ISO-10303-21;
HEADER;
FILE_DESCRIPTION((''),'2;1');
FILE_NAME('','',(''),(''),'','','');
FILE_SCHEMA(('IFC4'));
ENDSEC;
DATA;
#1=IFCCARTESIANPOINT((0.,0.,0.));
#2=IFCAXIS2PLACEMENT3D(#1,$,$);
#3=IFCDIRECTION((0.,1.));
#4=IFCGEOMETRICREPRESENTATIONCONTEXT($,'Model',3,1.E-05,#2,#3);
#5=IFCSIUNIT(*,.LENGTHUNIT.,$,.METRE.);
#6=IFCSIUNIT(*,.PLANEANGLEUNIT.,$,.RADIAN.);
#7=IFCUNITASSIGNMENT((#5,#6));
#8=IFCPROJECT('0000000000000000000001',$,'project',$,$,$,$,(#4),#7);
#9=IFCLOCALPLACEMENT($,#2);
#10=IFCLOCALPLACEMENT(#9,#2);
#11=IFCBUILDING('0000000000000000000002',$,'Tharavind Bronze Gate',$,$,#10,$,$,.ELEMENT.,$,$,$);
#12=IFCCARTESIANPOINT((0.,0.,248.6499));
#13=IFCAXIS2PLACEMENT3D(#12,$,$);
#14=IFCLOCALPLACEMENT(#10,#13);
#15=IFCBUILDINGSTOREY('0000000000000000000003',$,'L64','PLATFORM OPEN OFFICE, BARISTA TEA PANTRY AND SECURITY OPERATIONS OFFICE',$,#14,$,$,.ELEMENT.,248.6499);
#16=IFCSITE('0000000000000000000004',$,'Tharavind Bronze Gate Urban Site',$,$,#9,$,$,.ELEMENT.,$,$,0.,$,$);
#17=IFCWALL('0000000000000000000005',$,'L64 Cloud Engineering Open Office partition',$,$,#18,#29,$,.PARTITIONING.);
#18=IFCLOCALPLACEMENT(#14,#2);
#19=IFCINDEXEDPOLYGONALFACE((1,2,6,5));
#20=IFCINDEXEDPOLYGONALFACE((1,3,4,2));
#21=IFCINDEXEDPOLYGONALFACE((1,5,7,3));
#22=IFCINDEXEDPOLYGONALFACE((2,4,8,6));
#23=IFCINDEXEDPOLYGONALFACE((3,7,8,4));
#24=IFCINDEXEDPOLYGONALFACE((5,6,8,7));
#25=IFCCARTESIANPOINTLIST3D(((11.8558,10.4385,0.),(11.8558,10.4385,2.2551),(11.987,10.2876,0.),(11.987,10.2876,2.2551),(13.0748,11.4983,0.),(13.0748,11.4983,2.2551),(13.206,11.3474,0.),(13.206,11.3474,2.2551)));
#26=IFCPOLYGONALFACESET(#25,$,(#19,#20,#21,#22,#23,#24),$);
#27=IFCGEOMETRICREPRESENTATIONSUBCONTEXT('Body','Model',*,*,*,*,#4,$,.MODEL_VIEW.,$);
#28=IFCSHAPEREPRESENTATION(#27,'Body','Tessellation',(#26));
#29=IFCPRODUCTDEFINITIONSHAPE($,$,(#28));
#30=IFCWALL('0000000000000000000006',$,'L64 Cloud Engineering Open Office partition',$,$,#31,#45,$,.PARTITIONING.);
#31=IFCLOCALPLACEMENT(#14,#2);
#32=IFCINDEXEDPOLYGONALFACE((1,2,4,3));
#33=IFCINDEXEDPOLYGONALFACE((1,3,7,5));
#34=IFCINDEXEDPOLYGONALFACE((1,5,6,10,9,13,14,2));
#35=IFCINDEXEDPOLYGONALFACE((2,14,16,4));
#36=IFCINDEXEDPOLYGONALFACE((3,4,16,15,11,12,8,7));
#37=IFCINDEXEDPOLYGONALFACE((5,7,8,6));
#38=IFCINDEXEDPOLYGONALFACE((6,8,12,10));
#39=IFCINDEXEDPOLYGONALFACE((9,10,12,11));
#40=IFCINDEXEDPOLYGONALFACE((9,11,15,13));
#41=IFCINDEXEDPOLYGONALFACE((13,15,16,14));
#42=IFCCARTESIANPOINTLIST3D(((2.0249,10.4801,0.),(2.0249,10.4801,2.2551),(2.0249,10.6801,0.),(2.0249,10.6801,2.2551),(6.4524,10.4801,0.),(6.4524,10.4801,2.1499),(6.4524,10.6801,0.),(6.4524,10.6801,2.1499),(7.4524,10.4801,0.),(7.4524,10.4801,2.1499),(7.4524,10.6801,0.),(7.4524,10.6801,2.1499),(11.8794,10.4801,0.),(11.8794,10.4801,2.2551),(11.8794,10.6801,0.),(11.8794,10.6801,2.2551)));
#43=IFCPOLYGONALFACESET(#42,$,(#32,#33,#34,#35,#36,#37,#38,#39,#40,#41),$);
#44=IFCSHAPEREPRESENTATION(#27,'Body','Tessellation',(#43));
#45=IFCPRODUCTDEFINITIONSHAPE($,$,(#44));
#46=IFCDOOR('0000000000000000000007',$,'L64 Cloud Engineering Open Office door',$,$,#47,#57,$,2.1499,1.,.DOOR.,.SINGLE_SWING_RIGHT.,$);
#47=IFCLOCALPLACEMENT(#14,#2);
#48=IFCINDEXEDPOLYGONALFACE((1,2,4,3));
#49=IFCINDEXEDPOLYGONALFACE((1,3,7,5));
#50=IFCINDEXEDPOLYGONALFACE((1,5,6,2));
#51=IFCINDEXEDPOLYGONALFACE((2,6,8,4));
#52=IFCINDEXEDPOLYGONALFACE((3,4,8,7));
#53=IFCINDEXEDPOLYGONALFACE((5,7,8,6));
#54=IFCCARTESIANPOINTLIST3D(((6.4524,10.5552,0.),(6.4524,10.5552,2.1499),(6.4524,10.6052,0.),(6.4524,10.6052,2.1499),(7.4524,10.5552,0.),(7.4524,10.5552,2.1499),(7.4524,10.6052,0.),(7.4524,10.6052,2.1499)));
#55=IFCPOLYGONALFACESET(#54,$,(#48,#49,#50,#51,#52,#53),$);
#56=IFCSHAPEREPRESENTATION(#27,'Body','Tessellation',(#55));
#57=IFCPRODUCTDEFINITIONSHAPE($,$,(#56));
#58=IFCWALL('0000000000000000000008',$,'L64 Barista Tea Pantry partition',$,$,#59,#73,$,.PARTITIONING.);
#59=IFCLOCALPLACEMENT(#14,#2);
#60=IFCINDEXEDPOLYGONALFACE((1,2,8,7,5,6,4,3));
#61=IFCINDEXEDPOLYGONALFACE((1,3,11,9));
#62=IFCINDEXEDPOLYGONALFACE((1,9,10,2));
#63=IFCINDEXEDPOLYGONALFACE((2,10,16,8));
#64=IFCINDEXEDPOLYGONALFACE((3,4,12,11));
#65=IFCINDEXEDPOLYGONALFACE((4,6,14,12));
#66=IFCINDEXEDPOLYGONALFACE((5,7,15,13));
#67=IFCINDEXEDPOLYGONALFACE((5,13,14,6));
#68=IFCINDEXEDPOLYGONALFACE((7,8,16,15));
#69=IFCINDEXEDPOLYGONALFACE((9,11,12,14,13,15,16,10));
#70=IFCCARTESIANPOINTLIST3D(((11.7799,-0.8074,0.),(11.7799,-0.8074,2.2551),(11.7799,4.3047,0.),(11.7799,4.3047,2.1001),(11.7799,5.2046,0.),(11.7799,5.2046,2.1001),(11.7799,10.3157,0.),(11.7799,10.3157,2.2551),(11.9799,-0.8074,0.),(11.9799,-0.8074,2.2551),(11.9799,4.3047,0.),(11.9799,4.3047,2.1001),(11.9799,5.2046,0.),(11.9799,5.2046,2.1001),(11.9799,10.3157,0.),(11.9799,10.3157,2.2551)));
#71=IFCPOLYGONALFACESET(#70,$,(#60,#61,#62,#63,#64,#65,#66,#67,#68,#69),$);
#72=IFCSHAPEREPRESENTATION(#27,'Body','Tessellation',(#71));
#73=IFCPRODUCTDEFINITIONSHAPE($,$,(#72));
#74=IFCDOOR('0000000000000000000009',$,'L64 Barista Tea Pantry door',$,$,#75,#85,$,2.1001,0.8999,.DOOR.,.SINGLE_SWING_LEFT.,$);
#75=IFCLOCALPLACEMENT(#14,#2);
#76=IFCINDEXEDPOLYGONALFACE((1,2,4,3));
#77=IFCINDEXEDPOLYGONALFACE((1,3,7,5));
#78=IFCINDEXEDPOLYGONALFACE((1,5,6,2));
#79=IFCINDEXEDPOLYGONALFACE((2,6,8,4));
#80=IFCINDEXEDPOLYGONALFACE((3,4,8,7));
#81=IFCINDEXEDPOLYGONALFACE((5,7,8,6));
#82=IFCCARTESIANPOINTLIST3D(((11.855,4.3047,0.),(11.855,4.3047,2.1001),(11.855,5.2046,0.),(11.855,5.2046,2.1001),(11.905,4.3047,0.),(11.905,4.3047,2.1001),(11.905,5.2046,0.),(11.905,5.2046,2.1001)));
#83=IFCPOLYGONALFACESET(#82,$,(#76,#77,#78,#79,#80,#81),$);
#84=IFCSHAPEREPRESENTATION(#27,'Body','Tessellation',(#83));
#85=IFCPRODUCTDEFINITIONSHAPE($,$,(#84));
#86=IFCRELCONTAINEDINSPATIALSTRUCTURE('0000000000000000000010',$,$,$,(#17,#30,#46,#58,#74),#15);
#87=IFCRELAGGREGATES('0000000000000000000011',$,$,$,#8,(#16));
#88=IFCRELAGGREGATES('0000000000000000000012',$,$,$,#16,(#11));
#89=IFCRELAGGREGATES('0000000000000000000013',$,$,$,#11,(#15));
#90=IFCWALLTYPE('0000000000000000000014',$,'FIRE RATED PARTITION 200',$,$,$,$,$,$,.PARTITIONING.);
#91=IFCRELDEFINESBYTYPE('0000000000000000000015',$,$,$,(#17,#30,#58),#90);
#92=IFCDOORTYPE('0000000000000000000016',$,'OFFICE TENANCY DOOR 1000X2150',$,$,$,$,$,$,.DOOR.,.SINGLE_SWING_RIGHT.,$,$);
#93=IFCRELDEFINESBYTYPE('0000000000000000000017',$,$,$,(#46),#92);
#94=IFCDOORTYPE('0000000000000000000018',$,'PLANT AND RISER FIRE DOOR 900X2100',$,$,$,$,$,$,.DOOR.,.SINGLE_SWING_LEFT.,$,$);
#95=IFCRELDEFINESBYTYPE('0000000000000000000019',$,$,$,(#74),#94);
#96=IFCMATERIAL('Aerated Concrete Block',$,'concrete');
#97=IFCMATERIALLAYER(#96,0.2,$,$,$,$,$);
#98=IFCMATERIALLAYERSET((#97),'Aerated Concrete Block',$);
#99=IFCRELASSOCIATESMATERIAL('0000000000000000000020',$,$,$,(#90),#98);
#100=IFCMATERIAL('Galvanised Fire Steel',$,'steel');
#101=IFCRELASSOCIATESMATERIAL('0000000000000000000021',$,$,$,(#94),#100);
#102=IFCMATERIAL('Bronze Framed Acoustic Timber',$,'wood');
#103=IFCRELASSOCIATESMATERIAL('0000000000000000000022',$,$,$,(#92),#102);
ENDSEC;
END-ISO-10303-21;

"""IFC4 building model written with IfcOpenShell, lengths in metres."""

from ifc_helpers import new_model, si_unit, direction, frame, frame_2d, origin, place, context, subcontext, project, spatial, rectangle, extrude, material, layer, layer_set, type_object, element, fill, save


model = new_model("IFC4")

# Units and contexts
model_context = context("Model", 3, precision=1e-05, world=origin(), true_north=direction((0.0, 1.0)))
body_context = subcontext(model_context, "Body", "Model", "MODEL_VIEW")
ifc_project = project(units=[si_unit("LENGTHUNIT", "METRE"), si_unit("PLANEANGLEUNIT", "RADIAN")], contexts=[model_context])

# Site, building, storey
site_placement = place(None, origin())
site = spatial("IfcSite", under=ifc_project, at=site_placement, Name="Tharavind Bronze Gate Urban Site", CompositionType="ELEMENT", RefElevation=0.0)
building_placement = place(site_placement, origin())
building = spatial("IfcBuilding", under=site, at=building_placement, Name="Tharavind Bronze Gate", CompositionType="ELEMENT")
storey_placement = place(building_placement, frame((0.0, 0.0, 248.6499)))
storey = spatial("IfcBuildingStorey", under=building, at=storey_placement, Name="L64", Description="PLATFORM OPEN OFFICE, BARISTA TEA PANTRY AND SECURITY OPERATIONS OFFICE", CompositionType="ELEMENT", Elevation=248.6499)

# Shared definitions
ifc_material_1 = material(Name="Aerated Concrete Block", Category="concrete")
ifc_layer_1 = layer(ifc_material_1, 0.2)
ifc_layer_set_1 = layer_set([ifc_layer_1], Name="Aerated Concrete Block")
wall_type = type_object("IfcWallType", Name="FIRE RATED PARTITION 200", PredefinedType="PARTITIONING", material=ifc_layer_set_1)
ifc_material_2 = material(Name="Galvanised Fire Steel", Category="steel")
door_type_1 = type_object("IfcDoorType", Name="PLANT AND RISER FIRE DOOR 900X2100", OperationType="SINGLE_SWING_LEFT", PredefinedType="DOOR", material=ifc_material_2)

# Wall
wall_1_placement = place(storey_placement, frame((13.1404, 11.4229, 0.0), z_axis=(0.0, 0.0, 1.0), x_axis=(-0.754661, -0.656115, 0.0)))
element("IfcWall", 1, at=wall_1_placement, inside=storey, type_object=wall_type, Name="L64 Cloud Engineering Open Office partition", PredefinedType="PARTITIONING", context=body_context, shape_type="SweptSolid", body=[
    extrude(rectangle(XDim=1.6152, YDim=0.2, at=frame_2d((0.8076, 0.0))), origin(), (0.0, 0.0, 1.0), 2.2551),
])

# Walls, openings, doors
wall_2_placement = place(storey_placement, frame((11.8794, 10.5801, 0.0), z_axis=(0.0, 0.0, 1.0), x_axis=(-1.0, 0.0, 0.0)))
wall_2 = element("IfcWall", 2, at=wall_2_placement, inside=storey, type_object=wall_type, Name="L64 Cloud Engineering Open Office partition", PredefinedType="PARTITIONING", context=body_context, shape_type="SweptSolid", body=[
    extrude(rectangle(XDim=9.8545, YDim=0.2, at=frame_2d((4.9272, 0.0))), origin(), (0.0, 0.0, 1.0), 2.2551),
])
opening_1_placement = place(wall_2_placement, frame((4.427, 0.0, 0.0)))
opening_1 = element("IfcOpeningElement", 3, at=opening_1_placement, cuts=wall_2, PredefinedType="OPENING", context=body_context, shape_type="SweptSolid", body=[
    extrude(rectangle(XDim=1.0, YDim=2.1499, at=frame_2d((0.5, 1.075))), frame((0.0, 0.1101, 0.0), z_axis=(0.0, -1.0, 0.0), x_axis=(1.0, 0.0, 0.0)), (0.0, 0.0, 1.0), 0.22),
])
ifc_material_3 = material(Name="Bronze Framed Acoustic Timber", Category="wood")
door_type_2 = type_object("IfcDoorType", Name="OFFICE TENANCY DOOR 1000X2150", OperationType="SINGLE_SWING_RIGHT", PredefinedType="DOOR", material=ifc_material_3)
door_1_placement = place(opening_1_placement, origin())
door_1 = element("IfcDoor", 4, at=door_1_placement, inside=storey, type_object=door_type_2, Name="L64 Cloud Engineering Open Office door", OperationType="SINGLE_SWING_RIGHT", OverallHeight=2.1499, OverallWidth=1.0, PredefinedType="DOOR", context=body_context, shape_type="SweptSolid", body=[
    extrude(rectangle(XDim=1.0, YDim=2.1499, at=frame_2d((0.5, 1.075))), frame((0.0, 0.0249, 0.0), z_axis=(0.0, -1.0, 0.0), x_axis=(1.0, 0.0, 0.0)), (0.0, 0.0, 1.0), 0.05),
])
fill(opening_1, door_1)
wall_3_placement = place(storey_placement, frame((11.8799, -0.8074, 0.0), z_axis=(0.0, 0.0, 1.0), x_axis=(0.0, 1.0, 0.0)))
wall_3 = element("IfcWall", 5, at=wall_3_placement, inside=storey, type_object=wall_type, Name="L64 Barista Tea Pantry partition", PredefinedType="PARTITIONING", context=body_context, shape_type="SweptSolid", body=[
    extrude(rectangle(XDim=11.123, YDim=0.2, at=frame_2d((5.5615, 0.0))), origin(), (0.0, 0.0, 1.0), 2.2551),
])
opening_2_placement = place(wall_3_placement, frame((5.1121, 0.0, 0.0)))
opening_2 = element("IfcOpeningElement", 6, at=opening_2_placement, cuts=wall_3, PredefinedType="OPENING", context=body_context, shape_type="SweptSolid", body=[
    extrude(rectangle(XDim=0.8999, YDim=2.1001, at=frame_2d((0.45, 1.05))), frame((0.0, 0.1101, 0.0), z_axis=(0.0, -1.0, 0.0), x_axis=(1.0, 0.0, 0.0)), (0.0, 0.0, 1.0), 0.22),
])
door_2_placement = place(opening_2_placement, origin())
door_2 = element("IfcDoor", 7, at=door_2_placement, inside=storey, type_object=door_type_1, Name="L64 Barista Tea Pantry door", OperationType="SINGLE_SWING_LEFT", OverallHeight=2.1001, OverallWidth=0.8999, PredefinedType="DOOR", context=body_context, shape_type="SweptSolid", body=[
    extrude(rectangle(XDim=0.8999, YDim=2.1001, at=frame_2d((0.45, 1.05))), frame((0.0, 0.0249, 0.0), z_axis=(0.0, -1.0, 0.0), x_axis=(1.0, 0.0, 0.0)), (0.0, 0.0, 1.0), 0.05),
])
fill(opening_2, door_2)

save(model, "model.ifc")
